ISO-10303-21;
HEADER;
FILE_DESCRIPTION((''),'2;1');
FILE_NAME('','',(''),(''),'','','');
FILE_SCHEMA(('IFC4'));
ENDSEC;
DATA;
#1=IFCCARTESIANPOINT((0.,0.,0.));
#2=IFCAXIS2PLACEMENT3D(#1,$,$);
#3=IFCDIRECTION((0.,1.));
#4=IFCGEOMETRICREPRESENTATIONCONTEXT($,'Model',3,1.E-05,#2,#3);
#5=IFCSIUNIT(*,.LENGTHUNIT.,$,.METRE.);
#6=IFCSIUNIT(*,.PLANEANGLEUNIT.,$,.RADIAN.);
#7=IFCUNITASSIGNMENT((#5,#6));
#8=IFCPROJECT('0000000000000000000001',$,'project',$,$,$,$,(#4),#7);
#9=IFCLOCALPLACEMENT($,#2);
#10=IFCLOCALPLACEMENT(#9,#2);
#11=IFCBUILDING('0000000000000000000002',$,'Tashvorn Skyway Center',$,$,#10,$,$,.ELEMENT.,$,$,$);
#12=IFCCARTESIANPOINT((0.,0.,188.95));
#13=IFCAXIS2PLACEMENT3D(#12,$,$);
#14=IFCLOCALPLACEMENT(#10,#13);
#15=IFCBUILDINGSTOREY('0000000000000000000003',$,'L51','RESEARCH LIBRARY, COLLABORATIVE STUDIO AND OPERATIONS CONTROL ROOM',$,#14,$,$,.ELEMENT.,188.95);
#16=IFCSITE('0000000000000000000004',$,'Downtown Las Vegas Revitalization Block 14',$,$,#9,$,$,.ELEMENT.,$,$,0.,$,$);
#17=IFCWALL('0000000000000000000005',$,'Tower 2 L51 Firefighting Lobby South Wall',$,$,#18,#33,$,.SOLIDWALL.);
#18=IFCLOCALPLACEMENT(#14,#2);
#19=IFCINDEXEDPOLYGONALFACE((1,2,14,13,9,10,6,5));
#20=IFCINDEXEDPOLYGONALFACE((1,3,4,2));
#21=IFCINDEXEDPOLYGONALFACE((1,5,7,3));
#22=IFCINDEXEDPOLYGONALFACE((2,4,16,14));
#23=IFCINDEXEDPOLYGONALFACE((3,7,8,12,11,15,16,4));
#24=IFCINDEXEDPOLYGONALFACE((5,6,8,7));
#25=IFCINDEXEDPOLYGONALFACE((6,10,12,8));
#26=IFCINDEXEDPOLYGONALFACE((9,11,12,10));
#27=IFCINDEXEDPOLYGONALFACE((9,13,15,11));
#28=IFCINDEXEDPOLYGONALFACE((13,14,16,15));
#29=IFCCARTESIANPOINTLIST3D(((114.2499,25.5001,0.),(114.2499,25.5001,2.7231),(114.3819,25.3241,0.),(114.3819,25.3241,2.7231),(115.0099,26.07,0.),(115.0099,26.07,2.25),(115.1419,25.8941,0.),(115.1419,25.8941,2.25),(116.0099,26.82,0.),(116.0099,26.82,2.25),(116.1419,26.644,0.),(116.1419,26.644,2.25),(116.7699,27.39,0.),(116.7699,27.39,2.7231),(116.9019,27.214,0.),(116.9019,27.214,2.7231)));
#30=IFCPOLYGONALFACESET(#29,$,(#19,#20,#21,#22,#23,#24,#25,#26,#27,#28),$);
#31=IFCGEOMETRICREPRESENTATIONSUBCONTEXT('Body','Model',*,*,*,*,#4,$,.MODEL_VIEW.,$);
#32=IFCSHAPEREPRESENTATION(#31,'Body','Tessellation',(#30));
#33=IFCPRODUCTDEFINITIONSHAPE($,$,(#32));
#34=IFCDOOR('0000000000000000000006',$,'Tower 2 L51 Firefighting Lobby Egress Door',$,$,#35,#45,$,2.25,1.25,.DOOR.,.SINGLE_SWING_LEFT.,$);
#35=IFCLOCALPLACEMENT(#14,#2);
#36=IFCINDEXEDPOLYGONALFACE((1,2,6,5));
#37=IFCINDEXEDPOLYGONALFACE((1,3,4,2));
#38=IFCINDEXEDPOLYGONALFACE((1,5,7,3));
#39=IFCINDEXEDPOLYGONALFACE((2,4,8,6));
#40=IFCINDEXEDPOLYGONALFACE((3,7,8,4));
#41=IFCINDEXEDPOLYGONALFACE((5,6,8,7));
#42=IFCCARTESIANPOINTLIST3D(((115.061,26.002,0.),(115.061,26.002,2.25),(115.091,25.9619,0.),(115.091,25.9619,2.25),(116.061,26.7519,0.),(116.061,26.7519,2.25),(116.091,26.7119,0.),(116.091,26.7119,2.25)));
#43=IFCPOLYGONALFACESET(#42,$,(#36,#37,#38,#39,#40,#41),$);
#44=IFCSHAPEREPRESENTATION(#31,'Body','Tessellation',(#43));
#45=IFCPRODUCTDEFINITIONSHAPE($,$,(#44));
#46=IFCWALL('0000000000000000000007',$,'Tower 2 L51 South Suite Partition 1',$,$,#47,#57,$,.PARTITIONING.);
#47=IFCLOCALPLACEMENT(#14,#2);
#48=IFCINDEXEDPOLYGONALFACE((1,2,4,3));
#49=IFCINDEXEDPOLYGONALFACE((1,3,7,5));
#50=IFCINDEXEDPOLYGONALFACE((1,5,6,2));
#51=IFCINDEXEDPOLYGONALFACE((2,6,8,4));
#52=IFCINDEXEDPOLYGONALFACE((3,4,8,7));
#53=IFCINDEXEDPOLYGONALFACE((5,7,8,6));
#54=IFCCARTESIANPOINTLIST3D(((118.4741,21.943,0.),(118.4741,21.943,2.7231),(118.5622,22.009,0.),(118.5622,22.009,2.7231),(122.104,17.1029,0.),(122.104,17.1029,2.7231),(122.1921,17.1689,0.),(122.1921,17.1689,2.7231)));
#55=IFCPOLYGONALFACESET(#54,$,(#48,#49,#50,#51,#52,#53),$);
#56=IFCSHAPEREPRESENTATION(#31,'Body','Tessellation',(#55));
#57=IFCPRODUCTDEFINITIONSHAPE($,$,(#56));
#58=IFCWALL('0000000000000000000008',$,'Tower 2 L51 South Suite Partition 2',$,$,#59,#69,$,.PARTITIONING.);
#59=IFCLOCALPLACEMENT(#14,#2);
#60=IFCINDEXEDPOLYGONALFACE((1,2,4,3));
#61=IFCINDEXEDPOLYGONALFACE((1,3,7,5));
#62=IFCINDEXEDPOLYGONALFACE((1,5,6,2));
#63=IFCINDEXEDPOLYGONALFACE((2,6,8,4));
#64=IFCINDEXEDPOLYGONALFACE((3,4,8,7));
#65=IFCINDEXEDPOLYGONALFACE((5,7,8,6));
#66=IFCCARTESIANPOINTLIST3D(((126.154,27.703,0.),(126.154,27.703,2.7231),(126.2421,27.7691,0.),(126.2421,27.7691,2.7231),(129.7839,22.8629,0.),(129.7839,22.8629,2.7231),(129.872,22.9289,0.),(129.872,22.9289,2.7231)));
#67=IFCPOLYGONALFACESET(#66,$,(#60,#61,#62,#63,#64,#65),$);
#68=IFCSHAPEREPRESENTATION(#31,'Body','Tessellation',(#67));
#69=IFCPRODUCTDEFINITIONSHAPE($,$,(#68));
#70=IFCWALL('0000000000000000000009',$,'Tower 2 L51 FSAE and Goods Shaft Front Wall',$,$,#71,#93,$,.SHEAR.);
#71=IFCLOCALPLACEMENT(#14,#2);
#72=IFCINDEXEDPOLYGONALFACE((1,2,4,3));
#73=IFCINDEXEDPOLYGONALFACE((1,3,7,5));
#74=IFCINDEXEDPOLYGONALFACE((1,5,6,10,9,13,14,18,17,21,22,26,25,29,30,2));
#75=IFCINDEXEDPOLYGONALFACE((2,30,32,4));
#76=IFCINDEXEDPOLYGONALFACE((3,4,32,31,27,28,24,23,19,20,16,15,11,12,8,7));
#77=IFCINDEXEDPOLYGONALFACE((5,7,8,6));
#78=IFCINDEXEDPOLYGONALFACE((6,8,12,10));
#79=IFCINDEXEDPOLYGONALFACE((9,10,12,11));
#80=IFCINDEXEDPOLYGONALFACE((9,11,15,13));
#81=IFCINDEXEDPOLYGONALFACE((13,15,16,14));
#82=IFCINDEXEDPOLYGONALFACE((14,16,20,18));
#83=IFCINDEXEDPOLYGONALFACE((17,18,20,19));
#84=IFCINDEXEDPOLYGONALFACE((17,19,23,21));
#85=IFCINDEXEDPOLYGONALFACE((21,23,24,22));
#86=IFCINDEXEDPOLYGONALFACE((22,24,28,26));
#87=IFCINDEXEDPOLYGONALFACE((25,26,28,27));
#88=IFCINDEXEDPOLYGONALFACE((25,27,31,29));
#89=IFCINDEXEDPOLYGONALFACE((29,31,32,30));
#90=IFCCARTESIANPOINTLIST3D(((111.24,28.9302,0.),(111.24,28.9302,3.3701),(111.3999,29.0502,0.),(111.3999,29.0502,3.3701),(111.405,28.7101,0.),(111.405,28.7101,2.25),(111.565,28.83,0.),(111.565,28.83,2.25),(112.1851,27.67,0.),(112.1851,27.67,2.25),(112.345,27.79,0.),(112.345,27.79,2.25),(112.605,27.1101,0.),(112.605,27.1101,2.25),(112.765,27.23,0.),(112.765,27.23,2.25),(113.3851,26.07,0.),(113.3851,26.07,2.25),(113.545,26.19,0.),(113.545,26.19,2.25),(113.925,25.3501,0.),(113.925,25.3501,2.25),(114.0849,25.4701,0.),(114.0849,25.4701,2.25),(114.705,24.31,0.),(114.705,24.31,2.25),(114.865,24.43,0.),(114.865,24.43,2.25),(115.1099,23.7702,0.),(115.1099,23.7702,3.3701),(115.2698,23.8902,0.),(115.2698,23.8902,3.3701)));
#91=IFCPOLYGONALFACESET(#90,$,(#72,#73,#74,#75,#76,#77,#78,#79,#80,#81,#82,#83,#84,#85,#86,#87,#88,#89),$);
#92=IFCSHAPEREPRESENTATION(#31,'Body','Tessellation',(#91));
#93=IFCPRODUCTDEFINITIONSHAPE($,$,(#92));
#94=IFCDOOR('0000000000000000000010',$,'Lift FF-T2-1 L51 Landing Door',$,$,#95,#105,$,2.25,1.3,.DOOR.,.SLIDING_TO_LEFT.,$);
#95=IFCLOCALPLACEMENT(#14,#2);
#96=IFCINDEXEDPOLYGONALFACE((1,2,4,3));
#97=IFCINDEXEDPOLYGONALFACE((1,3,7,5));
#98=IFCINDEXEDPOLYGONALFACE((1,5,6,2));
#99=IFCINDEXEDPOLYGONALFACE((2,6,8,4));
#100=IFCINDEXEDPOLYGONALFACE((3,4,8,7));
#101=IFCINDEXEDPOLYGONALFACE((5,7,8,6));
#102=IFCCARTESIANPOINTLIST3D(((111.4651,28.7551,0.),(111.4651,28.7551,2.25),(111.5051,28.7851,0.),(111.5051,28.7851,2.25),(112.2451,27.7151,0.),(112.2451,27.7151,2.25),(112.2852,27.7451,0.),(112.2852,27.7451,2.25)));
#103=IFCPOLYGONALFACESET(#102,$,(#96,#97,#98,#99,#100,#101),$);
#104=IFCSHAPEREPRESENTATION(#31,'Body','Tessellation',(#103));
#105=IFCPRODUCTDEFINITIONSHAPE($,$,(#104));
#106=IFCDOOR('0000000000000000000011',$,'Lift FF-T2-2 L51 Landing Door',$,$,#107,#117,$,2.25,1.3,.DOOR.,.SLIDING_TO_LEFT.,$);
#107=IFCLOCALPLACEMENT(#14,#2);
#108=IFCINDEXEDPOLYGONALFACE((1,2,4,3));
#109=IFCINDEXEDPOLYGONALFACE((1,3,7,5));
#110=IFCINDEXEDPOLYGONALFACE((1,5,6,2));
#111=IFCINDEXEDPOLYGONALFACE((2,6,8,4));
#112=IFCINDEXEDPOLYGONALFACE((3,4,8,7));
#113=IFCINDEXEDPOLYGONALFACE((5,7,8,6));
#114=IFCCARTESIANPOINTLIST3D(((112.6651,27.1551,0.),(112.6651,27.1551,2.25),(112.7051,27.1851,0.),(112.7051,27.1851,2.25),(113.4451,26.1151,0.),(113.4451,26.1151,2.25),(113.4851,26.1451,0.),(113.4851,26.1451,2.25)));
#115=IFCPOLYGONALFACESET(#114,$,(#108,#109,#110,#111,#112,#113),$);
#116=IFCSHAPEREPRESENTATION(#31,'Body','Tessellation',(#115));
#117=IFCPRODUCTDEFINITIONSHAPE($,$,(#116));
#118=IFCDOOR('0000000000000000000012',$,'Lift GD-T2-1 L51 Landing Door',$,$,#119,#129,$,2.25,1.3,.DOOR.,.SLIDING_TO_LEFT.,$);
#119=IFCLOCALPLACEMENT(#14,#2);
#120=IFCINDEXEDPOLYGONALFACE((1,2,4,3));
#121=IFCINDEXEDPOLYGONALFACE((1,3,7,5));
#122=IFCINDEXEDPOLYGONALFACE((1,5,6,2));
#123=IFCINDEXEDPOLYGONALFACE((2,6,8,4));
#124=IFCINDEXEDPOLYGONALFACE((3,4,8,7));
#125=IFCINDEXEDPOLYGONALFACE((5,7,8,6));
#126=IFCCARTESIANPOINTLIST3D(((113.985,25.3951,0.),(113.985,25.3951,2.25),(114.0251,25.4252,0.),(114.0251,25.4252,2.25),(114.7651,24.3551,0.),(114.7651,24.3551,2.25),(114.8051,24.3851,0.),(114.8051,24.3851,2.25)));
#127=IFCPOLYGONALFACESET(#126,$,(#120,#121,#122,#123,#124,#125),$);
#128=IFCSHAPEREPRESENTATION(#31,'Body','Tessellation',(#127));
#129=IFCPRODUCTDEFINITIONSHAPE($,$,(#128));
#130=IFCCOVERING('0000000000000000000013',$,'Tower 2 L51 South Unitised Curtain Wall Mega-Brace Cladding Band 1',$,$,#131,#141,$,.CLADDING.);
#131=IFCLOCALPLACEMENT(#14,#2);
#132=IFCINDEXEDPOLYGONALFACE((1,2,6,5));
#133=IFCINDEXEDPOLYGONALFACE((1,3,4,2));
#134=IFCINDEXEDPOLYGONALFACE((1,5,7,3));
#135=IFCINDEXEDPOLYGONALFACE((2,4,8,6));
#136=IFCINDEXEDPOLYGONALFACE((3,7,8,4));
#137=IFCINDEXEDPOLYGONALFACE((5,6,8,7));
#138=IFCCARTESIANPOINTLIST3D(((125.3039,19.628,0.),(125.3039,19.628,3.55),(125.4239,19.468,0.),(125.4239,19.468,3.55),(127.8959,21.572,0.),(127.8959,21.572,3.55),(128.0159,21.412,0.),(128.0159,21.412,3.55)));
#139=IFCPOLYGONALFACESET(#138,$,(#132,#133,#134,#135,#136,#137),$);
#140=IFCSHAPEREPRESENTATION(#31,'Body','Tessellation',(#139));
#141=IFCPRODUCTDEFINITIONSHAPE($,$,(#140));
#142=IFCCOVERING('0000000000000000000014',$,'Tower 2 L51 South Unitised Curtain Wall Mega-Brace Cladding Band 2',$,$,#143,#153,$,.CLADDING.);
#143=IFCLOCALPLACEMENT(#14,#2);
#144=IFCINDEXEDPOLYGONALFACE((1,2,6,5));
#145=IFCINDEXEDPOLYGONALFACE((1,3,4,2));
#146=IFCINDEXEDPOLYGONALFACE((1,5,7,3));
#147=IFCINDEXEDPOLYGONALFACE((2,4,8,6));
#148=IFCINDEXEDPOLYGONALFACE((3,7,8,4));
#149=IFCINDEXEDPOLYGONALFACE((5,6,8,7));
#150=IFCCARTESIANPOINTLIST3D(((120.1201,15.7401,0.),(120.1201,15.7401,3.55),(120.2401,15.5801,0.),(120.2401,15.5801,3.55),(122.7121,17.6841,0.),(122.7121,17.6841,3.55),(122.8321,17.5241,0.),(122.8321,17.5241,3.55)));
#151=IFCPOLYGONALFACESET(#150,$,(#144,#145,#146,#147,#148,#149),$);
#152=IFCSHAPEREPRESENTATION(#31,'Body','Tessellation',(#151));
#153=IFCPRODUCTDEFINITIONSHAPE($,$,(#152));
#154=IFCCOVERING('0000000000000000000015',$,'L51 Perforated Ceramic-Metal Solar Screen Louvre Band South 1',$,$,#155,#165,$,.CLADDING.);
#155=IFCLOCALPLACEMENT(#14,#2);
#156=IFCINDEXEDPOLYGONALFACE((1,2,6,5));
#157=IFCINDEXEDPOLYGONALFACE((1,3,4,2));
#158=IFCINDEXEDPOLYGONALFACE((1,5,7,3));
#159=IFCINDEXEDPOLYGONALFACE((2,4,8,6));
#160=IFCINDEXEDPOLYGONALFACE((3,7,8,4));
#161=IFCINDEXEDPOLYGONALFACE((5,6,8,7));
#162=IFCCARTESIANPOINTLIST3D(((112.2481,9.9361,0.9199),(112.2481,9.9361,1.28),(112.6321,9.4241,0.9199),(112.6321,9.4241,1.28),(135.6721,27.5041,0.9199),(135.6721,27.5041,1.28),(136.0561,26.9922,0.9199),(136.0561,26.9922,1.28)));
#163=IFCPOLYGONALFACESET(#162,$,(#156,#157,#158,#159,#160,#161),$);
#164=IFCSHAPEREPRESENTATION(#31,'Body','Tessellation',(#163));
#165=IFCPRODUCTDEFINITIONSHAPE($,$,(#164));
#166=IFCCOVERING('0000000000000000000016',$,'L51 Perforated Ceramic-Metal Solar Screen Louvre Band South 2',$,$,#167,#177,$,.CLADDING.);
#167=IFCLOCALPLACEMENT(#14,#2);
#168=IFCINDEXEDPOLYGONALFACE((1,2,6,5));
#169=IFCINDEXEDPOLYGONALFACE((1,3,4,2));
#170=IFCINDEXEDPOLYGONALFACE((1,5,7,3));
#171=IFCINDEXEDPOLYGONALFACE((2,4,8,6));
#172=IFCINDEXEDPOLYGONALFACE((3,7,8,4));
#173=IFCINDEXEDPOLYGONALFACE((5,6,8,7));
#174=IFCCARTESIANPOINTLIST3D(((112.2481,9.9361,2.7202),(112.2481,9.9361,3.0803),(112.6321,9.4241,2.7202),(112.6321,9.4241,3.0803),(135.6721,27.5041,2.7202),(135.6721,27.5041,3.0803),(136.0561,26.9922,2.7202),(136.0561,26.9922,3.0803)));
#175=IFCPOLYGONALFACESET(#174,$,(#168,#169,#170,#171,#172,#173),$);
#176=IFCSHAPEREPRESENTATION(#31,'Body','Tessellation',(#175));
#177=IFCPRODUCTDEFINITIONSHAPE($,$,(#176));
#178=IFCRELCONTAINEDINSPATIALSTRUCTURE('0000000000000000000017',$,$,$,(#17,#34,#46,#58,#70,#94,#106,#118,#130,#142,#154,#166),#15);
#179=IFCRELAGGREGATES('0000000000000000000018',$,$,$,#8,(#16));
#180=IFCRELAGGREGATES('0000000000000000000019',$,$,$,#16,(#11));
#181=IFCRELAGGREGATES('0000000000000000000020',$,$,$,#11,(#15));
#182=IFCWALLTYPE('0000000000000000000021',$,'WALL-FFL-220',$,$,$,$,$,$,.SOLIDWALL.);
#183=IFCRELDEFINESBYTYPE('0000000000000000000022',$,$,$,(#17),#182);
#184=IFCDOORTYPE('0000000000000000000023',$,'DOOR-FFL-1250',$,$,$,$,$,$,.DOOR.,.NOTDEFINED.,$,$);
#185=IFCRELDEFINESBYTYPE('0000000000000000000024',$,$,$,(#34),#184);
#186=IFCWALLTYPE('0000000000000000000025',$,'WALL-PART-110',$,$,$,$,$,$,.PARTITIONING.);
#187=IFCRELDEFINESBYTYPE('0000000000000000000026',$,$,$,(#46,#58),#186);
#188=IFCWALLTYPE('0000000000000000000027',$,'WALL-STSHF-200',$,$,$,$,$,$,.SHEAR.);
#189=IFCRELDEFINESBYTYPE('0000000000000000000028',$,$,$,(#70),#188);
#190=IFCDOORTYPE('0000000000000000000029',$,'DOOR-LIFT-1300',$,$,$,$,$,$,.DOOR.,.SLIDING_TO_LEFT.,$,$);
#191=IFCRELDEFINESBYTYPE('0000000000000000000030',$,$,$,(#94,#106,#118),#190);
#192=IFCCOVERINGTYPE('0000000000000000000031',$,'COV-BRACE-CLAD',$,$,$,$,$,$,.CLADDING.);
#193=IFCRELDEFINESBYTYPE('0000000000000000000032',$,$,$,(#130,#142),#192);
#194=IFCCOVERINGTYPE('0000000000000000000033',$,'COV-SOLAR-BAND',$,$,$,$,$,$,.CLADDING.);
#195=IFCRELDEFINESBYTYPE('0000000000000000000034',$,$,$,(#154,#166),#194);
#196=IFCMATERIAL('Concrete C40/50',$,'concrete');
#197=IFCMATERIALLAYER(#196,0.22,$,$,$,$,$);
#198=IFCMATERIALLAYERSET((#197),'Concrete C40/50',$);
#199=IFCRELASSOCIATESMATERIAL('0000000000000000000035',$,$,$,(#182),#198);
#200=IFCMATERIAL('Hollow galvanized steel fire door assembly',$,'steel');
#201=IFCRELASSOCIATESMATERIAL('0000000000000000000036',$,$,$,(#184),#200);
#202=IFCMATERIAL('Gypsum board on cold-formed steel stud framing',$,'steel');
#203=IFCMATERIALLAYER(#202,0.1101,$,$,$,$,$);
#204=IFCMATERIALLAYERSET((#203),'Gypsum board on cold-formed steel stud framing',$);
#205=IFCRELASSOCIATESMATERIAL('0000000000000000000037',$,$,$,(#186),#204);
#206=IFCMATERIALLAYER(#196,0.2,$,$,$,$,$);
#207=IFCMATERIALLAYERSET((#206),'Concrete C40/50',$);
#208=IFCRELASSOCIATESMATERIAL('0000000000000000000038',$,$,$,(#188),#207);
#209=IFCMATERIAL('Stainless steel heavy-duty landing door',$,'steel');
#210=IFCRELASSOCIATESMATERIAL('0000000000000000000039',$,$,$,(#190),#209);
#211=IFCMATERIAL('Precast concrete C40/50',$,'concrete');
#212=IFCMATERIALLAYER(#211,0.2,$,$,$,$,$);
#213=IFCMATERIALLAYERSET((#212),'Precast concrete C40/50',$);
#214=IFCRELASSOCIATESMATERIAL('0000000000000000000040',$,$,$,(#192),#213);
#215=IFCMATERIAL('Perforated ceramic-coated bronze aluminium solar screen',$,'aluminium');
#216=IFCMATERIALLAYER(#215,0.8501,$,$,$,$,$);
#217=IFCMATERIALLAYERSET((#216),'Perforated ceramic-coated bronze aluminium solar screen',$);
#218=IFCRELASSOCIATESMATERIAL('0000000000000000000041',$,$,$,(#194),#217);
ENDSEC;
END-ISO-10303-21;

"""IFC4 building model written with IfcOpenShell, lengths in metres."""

from ifc_helpers import new_model, si_unit, direction, frame, frame_2d, origin, origin_2d, place, context, subcontext, project, spatial, rectangle, extrude, material, layer, layer_set, type_object, element, fill, save


model = new_model("IFC4")

# Units and contexts
model_context = context("Model", 3, precision=1e-05, world=origin(), true_north=direction((0.0, 1.0)))
body_context = subcontext(model_context, "Body", "Model", "MODEL_VIEW")
ifc_project = project(units=[si_unit("LENGTHUNIT", "METRE"), si_unit("PLANEANGLEUNIT", "RADIAN")], contexts=[model_context])

# Site, building, storey
site_placement = place(None, origin())
site = spatial("IfcSite", under=ifc_project, at=site_placement, Name="Downtown Las Vegas Revitalization Block 14", CompositionType="ELEMENT", RefElevation=0.0)
building_placement = place(site_placement, origin())
building = spatial("IfcBuilding", under=site, at=building_placement, Name="Tashvorn Skyway Center", CompositionType="ELEMENT")
storey_placement = place(building_placement, frame((0.0, 0.0, 188.95)))
storey = spatial("IfcBuildingStorey", under=building, at=storey_placement, Name="L51", Description="RESEARCH LIBRARY, COLLABORATIVE STUDIO AND OPERATIONS CONTROL ROOM", CompositionType="ELEMENT", Elevation=188.95)

# Shared definitions
ifc_material_1 = material(Name="Precast concrete C40/50", Category="concrete")

# Wall, opening, door
ifc_material_2 = material(Name="Concrete C40/50", Category="concrete")
ifc_layer_1 = layer(ifc_material_2, 0.22)
ifc_layer_set_1 = layer_set([ifc_layer_1], Name="Concrete C40/50")
wall_type_1 = type_object("IfcWallType", Name="WALL-FFL-220", PredefinedType="SOLIDWALL", material=ifc_layer_set_1)
wall_1_placement = place(storey_placement, frame((114.3159, 25.4121, 0.0), z_axis=(0.0, 0.0, 1.0), x_axis=(0.800019, 0.599975, 0.0)))
wall_1 = element("IfcWall", 1, at=wall_1_placement, inside=storey, type_object=wall_type_1, Name="Tower 2 L51 Firefighting Lobby South Wall", PredefinedType="SOLIDWALL", context=body_context, shape_type="SweptSolid", body=[
    extrude(rectangle(XDim=3.1499, YDim=0.22, at=frame_2d((1.575, 0.0))), origin(), (0.0, 0.0, 1.0), 2.7231),
])
opening_1_placement = place(wall_1_placement, frame((0.95, 0.0, 0.0)))
opening_1 = element("IfcOpeningElement", 2, at=opening_1_placement, cuts=wall_1, PredefinedType="OPENING", context=body_context, shape_type="SweptSolid", body=[
    extrude(rectangle(XDim=1.25, YDim=2.25, at=frame_2d((0.625, 1.125))), frame((0.0, 0.1199, 0.0), z_axis=(0.0, -1.0, 0.0), x_axis=(1.0, 0.0, 0.0)), (0.0, 0.0, 1.0), 0.24),
])
ifc_material_3 = material(Name="Hollow galvanized steel fire door assembly", Category="steel")
door_type_1 = type_object("IfcDoorType", Name="DOOR-FFL-1250", OperationType="NOTDEFINED", PredefinedType="DOOR", material=ifc_material_3)
door_1_placement = place(opening_1_placement, origin())
door_1 = element("IfcDoor", 3, at=door_1_placement, inside=storey, type_object=door_type_1, Name="Tower 2 L51 Firefighting Lobby Egress Door", OperationType="SINGLE_SWING_LEFT", OverallHeight=2.25, OverallWidth=1.25, PredefinedType="DOOR", context=body_context, shape_type="SweptSolid", body=[
    extrude(rectangle(XDim=1.25, YDim=2.25, at=frame_2d((0.625, 1.125))), frame((0.0, 0.0249, 0.0), z_axis=(0.0, -1.0, 0.0), x_axis=(1.0, 0.0, 0.0)), (0.0, 0.0, 1.0), 0.05),
])
fill(opening_1, door_1)

# Walls
ifc_material_4 = material(Name="Gypsum board on cold-formed steel stud framing", Category="steel")
ifc_layer_2 = layer(ifc_material_4, 0.1101)
ifc_layer_set_2 = layer_set([ifc_layer_2], Name="Gypsum board on cold-formed steel stud framing")
wall_type_2 = type_object("IfcWallType", Name="WALL-PART-110", PredefinedType="PARTITIONING", material=ifc_layer_set_2)
for number, where, z_axis, x_axis, name in (
    (4, (122.1479, 17.136, 0.0), (0.0, 0.0, 1.0), (-0.599981, 0.800015, 0.0), "Tower 2 L51 South Suite Partition 1"),
    (5, (129.8279, 22.896, 0.0), (0.0, 0.0, 1.0), (-0.599981, 0.800015, 0.0), "Tower 2 L51 South Suite Partition 2"),
):
    element("IfcWall", number, at=place(storey_placement, frame(where, z_axis=z_axis, x_axis=x_axis)), inside=storey, type_object=wall_type_2, Name=name, PredefinedType="PARTITIONING", context=body_context, shape_type="SweptSolid", body=[
        extrude(rectangle(XDim=6.05, YDim=0.1101, at=frame_2d((3.0249, 0.0))), origin(), (0.0, 0.0, 1.0), 2.7231),
    ])

# Wall, openings, doors
ifc_layer_3 = layer(ifc_material_2, 0.2)
ifc_layer_set_3 = layer_set([ifc_layer_3], Name="Concrete C40/50")
wall_type_3 = type_object("IfcWallType", Name="WALL-STSHF-200", PredefinedType="SHEAR", material=ifc_layer_set_3)
wall_2_placement = place(storey_placement, frame((115.1899, 23.8301, 0.0), z_axis=(0.0, 0.0, 1.0), x_axis=(-0.599994, 0.800005, 0.0)))
wall_2 = element("IfcWall", 6, at=wall_2_placement, inside=storey, type_object=wall_type_3, Name="Tower 2 L51 FSAE and Goods Shaft Front Wall", PredefinedType="SHEAR", context=body_context, shape_type="SweptSolid", body=[
    extrude(rectangle(XDim=6.45, YDim=0.2, at=frame_2d((3.2251, 0.0))), origin(), (0.0, 0.0, 1.0), 3.3701),
])
opening_2_placement = place(wall_2_placement, frame((4.875, 0.0, 0.0)))
opening_2 = element("IfcOpeningElement", 7, at=opening_2_placement, cuts=wall_2, PredefinedType="OPENING", context=body_context, shape_type="SweptSolid", body=[
    extrude(rectangle(XDim=1.3, YDim=2.25, at=frame_2d((0.6499, 1.125))), frame((0.0, 0.1099, 0.0), z_axis=(0.0, -1.0, 0.0), x_axis=(1.0, 0.0, 0.0)), (0.0, 0.0, 1.0), 0.22),
])
opening_3_placement = place(wall_2_placement, frame((2.875, 0.0, 0.0)))
opening_3 = element("IfcOpeningElement", 8, at=opening_3_placement, cuts=wall_2, PredefinedType="OPENING", context=body_context, shape_type="SweptSolid", body=[
    extrude(rectangle(XDim=1.3, YDim=2.25, at=frame_2d((0.6499, 1.125))), frame((0.0, 0.1099, 0.0), z_axis=(0.0, -1.0, 0.0), x_axis=(1.0, 0.0, 0.0)), (0.0, 0.0, 1.0), 0.22),
])
opening_4_placement = place(wall_2_placement, frame((0.675, 0.0, 0.0)))
opening_4 = element("IfcOpeningElement", 9, at=opening_4_placement, cuts=wall_2, PredefinedType="OPENING", context=body_context, shape_type="SweptSolid", body=[
    extrude(rectangle(XDim=1.3, YDim=2.25, at=frame_2d((0.6499, 1.125))), frame((0.0, 0.1099, 0.0), z_axis=(0.0, -1.0, 0.0), x_axis=(1.0, 0.0, 0.0)), (0.0, 0.0, 1.0), 0.22),
])
ifc_material_5 = material(Name="Stainless steel heavy-duty landing door", Category="steel")
door_type_2 = type_object("IfcDoorType", Name="DOOR-LIFT-1300", OperationType="SLIDING_TO_LEFT", PredefinedType="DOOR", material=ifc_material_5)
door_2_placement = place(opening_2_placement, origin())
door_2 = element("IfcDoor", 10, at=door_2_placement, inside=storey, type_object=door_type_2, Name="Lift FF-T2-1 L51 Landing Door", OperationType="SLIDING_TO_LEFT", OverallHeight=2.25, OverallWidth=1.3, PredefinedType="DOOR", context=body_context, shape_type="SweptSolid", body=[
    extrude(rectangle(XDim=1.3, YDim=2.25, at=frame_2d((0.6499, 1.125))), frame((0.0, 0.0249, 0.0), z_axis=(0.0, -1.0, 0.0), x_axis=(1.0, 0.0, 0.0)), (0.0, 0.0, 1.0), 0.05),
])
fill(opening_2, door_2)
door_3_placement = place(opening_3_placement, origin())
door_3 = element("IfcDoor", 11, at=door_3_placement, inside=storey, type_object=door_type_2, Name="Lift FF-T2-2 L51 Landing Door", OperationType="SLIDING_TO_LEFT", OverallHeight=2.25, OverallWidth=1.3, PredefinedType="DOOR", context=body_context, shape_type="SweptSolid", body=[
    extrude(rectangle(XDim=1.3, YDim=2.25, at=frame_2d((0.6499, 1.125))), frame((0.0, 0.0249, 0.0), z_axis=(0.0, -1.0, 0.0), x_axis=(1.0, 0.0, 0.0)), (0.0, 0.0, 1.0), 0.05),
])
fill(opening_3, door_3)
door_4_placement = place(opening_4_placement, origin())
door_4 = element("IfcDoor", 12, at=door_4_placement, inside=storey, type_object=door_type_2, Name="Lift GD-T2-1 L51 Landing Door", OperationType="SLIDING_TO_LEFT", OverallHeight=2.25, OverallWidth=1.3, PredefinedType="DOOR", context=body_context, shape_type="SweptSolid", body=[
    extrude(rectangle(XDim=1.3, YDim=2.25, at=frame_2d((0.6499, 1.125))), frame((0.0, 0.0249, 0.0), z_axis=(0.0, -1.0, 0.0), x_axis=(1.0, 0.0, 0.0)), (0.0, 0.0, 1.0), 0.05),
])
fill(opening_4, door_4)

# Coverings
ifc_layer_4 = layer(ifc_material_1, 0.2)
ifc_layer_set_4 = layer_set([ifc_layer_4], Name="Precast concrete C40/50")
covering_type_1 = type_object("IfcCoveringType", Name="COV-BRACE-CLAD", PredefinedType="CLADDING", material=ifc_layer_set_4)
for number, where, z_axis, x_axis, name in (
    (13, (126.6599, 20.52, 0.0), (0.0, 0.0, 1.0), (-0.8, -0.6, 0.0), "Tower 2 L51 South Unitised Curtain Wall Mega-Brace Cladding Band 1"),
    (14, (121.4761, 16.6321, 0.0), (0.0, 0.0, 1.0), (-0.8, -0.6, 0.0), "Tower 2 L51 South Unitised Curtain Wall Mega-Brace Cladding Band 2"),
):
    element("IfcCovering", number, at=place(storey_placement, frame(where, z_axis=z_axis, x_axis=x_axis)), inside=storey, type_object=covering_type_1, Name=name, PredefinedType="CLADDING", context=body_context, shape_type="SweptSolid", body=[
        extrude(rectangle(XDim=3.24, YDim=0.2, at=origin_2d()), origin(), (0.0, 0.0, 1.0), 3.55),
    ])
ifc_material_6 = material(Name="Perforated ceramic-coated bronze aluminium solar screen", Category="aluminium")
ifc_layer_5 = layer(ifc_material_6, 0.8501)
ifc_layer_set_5 = layer_set([ifc_layer_5], Name="Perforated ceramic-coated bronze aluminium solar screen")
covering_type_2 = type_object("IfcCoveringType", Name="COV-SOLAR-BAND", PredefinedType="CLADDING", material=ifc_layer_set_5)
for number, where, z_axis, x_axis, name in (
    (15, (124.1521, 18.4641, 0.9199), (0.0, 0.0, 1.0), (-0.8, -0.6, 0.0), "L51 Perforated Ceramic-Metal Solar Screen Louvre Band South 1"),
    (16, (124.1521, 18.4641, 2.7202), (0.0, 0.0, 1.0), (-0.8, -0.6, 0.0), "L51 Perforated Ceramic-Metal Solar Screen Louvre Band South 2"),
):
    element("IfcCovering", number, at=place(storey_placement, frame(where, z_axis=z_axis, x_axis=x_axis)), inside=storey, type_object=covering_type_2, Name=name, PredefinedType="CLADDING", context=body_context, shape_type="SweptSolid", body=[
        extrude(rectangle(XDim=29.28, YDim=0.6399, at=origin_2d()), origin(), (0.0, 0.0, 1.0), 0.3601),
    ])

save(model, "model.ifc")
